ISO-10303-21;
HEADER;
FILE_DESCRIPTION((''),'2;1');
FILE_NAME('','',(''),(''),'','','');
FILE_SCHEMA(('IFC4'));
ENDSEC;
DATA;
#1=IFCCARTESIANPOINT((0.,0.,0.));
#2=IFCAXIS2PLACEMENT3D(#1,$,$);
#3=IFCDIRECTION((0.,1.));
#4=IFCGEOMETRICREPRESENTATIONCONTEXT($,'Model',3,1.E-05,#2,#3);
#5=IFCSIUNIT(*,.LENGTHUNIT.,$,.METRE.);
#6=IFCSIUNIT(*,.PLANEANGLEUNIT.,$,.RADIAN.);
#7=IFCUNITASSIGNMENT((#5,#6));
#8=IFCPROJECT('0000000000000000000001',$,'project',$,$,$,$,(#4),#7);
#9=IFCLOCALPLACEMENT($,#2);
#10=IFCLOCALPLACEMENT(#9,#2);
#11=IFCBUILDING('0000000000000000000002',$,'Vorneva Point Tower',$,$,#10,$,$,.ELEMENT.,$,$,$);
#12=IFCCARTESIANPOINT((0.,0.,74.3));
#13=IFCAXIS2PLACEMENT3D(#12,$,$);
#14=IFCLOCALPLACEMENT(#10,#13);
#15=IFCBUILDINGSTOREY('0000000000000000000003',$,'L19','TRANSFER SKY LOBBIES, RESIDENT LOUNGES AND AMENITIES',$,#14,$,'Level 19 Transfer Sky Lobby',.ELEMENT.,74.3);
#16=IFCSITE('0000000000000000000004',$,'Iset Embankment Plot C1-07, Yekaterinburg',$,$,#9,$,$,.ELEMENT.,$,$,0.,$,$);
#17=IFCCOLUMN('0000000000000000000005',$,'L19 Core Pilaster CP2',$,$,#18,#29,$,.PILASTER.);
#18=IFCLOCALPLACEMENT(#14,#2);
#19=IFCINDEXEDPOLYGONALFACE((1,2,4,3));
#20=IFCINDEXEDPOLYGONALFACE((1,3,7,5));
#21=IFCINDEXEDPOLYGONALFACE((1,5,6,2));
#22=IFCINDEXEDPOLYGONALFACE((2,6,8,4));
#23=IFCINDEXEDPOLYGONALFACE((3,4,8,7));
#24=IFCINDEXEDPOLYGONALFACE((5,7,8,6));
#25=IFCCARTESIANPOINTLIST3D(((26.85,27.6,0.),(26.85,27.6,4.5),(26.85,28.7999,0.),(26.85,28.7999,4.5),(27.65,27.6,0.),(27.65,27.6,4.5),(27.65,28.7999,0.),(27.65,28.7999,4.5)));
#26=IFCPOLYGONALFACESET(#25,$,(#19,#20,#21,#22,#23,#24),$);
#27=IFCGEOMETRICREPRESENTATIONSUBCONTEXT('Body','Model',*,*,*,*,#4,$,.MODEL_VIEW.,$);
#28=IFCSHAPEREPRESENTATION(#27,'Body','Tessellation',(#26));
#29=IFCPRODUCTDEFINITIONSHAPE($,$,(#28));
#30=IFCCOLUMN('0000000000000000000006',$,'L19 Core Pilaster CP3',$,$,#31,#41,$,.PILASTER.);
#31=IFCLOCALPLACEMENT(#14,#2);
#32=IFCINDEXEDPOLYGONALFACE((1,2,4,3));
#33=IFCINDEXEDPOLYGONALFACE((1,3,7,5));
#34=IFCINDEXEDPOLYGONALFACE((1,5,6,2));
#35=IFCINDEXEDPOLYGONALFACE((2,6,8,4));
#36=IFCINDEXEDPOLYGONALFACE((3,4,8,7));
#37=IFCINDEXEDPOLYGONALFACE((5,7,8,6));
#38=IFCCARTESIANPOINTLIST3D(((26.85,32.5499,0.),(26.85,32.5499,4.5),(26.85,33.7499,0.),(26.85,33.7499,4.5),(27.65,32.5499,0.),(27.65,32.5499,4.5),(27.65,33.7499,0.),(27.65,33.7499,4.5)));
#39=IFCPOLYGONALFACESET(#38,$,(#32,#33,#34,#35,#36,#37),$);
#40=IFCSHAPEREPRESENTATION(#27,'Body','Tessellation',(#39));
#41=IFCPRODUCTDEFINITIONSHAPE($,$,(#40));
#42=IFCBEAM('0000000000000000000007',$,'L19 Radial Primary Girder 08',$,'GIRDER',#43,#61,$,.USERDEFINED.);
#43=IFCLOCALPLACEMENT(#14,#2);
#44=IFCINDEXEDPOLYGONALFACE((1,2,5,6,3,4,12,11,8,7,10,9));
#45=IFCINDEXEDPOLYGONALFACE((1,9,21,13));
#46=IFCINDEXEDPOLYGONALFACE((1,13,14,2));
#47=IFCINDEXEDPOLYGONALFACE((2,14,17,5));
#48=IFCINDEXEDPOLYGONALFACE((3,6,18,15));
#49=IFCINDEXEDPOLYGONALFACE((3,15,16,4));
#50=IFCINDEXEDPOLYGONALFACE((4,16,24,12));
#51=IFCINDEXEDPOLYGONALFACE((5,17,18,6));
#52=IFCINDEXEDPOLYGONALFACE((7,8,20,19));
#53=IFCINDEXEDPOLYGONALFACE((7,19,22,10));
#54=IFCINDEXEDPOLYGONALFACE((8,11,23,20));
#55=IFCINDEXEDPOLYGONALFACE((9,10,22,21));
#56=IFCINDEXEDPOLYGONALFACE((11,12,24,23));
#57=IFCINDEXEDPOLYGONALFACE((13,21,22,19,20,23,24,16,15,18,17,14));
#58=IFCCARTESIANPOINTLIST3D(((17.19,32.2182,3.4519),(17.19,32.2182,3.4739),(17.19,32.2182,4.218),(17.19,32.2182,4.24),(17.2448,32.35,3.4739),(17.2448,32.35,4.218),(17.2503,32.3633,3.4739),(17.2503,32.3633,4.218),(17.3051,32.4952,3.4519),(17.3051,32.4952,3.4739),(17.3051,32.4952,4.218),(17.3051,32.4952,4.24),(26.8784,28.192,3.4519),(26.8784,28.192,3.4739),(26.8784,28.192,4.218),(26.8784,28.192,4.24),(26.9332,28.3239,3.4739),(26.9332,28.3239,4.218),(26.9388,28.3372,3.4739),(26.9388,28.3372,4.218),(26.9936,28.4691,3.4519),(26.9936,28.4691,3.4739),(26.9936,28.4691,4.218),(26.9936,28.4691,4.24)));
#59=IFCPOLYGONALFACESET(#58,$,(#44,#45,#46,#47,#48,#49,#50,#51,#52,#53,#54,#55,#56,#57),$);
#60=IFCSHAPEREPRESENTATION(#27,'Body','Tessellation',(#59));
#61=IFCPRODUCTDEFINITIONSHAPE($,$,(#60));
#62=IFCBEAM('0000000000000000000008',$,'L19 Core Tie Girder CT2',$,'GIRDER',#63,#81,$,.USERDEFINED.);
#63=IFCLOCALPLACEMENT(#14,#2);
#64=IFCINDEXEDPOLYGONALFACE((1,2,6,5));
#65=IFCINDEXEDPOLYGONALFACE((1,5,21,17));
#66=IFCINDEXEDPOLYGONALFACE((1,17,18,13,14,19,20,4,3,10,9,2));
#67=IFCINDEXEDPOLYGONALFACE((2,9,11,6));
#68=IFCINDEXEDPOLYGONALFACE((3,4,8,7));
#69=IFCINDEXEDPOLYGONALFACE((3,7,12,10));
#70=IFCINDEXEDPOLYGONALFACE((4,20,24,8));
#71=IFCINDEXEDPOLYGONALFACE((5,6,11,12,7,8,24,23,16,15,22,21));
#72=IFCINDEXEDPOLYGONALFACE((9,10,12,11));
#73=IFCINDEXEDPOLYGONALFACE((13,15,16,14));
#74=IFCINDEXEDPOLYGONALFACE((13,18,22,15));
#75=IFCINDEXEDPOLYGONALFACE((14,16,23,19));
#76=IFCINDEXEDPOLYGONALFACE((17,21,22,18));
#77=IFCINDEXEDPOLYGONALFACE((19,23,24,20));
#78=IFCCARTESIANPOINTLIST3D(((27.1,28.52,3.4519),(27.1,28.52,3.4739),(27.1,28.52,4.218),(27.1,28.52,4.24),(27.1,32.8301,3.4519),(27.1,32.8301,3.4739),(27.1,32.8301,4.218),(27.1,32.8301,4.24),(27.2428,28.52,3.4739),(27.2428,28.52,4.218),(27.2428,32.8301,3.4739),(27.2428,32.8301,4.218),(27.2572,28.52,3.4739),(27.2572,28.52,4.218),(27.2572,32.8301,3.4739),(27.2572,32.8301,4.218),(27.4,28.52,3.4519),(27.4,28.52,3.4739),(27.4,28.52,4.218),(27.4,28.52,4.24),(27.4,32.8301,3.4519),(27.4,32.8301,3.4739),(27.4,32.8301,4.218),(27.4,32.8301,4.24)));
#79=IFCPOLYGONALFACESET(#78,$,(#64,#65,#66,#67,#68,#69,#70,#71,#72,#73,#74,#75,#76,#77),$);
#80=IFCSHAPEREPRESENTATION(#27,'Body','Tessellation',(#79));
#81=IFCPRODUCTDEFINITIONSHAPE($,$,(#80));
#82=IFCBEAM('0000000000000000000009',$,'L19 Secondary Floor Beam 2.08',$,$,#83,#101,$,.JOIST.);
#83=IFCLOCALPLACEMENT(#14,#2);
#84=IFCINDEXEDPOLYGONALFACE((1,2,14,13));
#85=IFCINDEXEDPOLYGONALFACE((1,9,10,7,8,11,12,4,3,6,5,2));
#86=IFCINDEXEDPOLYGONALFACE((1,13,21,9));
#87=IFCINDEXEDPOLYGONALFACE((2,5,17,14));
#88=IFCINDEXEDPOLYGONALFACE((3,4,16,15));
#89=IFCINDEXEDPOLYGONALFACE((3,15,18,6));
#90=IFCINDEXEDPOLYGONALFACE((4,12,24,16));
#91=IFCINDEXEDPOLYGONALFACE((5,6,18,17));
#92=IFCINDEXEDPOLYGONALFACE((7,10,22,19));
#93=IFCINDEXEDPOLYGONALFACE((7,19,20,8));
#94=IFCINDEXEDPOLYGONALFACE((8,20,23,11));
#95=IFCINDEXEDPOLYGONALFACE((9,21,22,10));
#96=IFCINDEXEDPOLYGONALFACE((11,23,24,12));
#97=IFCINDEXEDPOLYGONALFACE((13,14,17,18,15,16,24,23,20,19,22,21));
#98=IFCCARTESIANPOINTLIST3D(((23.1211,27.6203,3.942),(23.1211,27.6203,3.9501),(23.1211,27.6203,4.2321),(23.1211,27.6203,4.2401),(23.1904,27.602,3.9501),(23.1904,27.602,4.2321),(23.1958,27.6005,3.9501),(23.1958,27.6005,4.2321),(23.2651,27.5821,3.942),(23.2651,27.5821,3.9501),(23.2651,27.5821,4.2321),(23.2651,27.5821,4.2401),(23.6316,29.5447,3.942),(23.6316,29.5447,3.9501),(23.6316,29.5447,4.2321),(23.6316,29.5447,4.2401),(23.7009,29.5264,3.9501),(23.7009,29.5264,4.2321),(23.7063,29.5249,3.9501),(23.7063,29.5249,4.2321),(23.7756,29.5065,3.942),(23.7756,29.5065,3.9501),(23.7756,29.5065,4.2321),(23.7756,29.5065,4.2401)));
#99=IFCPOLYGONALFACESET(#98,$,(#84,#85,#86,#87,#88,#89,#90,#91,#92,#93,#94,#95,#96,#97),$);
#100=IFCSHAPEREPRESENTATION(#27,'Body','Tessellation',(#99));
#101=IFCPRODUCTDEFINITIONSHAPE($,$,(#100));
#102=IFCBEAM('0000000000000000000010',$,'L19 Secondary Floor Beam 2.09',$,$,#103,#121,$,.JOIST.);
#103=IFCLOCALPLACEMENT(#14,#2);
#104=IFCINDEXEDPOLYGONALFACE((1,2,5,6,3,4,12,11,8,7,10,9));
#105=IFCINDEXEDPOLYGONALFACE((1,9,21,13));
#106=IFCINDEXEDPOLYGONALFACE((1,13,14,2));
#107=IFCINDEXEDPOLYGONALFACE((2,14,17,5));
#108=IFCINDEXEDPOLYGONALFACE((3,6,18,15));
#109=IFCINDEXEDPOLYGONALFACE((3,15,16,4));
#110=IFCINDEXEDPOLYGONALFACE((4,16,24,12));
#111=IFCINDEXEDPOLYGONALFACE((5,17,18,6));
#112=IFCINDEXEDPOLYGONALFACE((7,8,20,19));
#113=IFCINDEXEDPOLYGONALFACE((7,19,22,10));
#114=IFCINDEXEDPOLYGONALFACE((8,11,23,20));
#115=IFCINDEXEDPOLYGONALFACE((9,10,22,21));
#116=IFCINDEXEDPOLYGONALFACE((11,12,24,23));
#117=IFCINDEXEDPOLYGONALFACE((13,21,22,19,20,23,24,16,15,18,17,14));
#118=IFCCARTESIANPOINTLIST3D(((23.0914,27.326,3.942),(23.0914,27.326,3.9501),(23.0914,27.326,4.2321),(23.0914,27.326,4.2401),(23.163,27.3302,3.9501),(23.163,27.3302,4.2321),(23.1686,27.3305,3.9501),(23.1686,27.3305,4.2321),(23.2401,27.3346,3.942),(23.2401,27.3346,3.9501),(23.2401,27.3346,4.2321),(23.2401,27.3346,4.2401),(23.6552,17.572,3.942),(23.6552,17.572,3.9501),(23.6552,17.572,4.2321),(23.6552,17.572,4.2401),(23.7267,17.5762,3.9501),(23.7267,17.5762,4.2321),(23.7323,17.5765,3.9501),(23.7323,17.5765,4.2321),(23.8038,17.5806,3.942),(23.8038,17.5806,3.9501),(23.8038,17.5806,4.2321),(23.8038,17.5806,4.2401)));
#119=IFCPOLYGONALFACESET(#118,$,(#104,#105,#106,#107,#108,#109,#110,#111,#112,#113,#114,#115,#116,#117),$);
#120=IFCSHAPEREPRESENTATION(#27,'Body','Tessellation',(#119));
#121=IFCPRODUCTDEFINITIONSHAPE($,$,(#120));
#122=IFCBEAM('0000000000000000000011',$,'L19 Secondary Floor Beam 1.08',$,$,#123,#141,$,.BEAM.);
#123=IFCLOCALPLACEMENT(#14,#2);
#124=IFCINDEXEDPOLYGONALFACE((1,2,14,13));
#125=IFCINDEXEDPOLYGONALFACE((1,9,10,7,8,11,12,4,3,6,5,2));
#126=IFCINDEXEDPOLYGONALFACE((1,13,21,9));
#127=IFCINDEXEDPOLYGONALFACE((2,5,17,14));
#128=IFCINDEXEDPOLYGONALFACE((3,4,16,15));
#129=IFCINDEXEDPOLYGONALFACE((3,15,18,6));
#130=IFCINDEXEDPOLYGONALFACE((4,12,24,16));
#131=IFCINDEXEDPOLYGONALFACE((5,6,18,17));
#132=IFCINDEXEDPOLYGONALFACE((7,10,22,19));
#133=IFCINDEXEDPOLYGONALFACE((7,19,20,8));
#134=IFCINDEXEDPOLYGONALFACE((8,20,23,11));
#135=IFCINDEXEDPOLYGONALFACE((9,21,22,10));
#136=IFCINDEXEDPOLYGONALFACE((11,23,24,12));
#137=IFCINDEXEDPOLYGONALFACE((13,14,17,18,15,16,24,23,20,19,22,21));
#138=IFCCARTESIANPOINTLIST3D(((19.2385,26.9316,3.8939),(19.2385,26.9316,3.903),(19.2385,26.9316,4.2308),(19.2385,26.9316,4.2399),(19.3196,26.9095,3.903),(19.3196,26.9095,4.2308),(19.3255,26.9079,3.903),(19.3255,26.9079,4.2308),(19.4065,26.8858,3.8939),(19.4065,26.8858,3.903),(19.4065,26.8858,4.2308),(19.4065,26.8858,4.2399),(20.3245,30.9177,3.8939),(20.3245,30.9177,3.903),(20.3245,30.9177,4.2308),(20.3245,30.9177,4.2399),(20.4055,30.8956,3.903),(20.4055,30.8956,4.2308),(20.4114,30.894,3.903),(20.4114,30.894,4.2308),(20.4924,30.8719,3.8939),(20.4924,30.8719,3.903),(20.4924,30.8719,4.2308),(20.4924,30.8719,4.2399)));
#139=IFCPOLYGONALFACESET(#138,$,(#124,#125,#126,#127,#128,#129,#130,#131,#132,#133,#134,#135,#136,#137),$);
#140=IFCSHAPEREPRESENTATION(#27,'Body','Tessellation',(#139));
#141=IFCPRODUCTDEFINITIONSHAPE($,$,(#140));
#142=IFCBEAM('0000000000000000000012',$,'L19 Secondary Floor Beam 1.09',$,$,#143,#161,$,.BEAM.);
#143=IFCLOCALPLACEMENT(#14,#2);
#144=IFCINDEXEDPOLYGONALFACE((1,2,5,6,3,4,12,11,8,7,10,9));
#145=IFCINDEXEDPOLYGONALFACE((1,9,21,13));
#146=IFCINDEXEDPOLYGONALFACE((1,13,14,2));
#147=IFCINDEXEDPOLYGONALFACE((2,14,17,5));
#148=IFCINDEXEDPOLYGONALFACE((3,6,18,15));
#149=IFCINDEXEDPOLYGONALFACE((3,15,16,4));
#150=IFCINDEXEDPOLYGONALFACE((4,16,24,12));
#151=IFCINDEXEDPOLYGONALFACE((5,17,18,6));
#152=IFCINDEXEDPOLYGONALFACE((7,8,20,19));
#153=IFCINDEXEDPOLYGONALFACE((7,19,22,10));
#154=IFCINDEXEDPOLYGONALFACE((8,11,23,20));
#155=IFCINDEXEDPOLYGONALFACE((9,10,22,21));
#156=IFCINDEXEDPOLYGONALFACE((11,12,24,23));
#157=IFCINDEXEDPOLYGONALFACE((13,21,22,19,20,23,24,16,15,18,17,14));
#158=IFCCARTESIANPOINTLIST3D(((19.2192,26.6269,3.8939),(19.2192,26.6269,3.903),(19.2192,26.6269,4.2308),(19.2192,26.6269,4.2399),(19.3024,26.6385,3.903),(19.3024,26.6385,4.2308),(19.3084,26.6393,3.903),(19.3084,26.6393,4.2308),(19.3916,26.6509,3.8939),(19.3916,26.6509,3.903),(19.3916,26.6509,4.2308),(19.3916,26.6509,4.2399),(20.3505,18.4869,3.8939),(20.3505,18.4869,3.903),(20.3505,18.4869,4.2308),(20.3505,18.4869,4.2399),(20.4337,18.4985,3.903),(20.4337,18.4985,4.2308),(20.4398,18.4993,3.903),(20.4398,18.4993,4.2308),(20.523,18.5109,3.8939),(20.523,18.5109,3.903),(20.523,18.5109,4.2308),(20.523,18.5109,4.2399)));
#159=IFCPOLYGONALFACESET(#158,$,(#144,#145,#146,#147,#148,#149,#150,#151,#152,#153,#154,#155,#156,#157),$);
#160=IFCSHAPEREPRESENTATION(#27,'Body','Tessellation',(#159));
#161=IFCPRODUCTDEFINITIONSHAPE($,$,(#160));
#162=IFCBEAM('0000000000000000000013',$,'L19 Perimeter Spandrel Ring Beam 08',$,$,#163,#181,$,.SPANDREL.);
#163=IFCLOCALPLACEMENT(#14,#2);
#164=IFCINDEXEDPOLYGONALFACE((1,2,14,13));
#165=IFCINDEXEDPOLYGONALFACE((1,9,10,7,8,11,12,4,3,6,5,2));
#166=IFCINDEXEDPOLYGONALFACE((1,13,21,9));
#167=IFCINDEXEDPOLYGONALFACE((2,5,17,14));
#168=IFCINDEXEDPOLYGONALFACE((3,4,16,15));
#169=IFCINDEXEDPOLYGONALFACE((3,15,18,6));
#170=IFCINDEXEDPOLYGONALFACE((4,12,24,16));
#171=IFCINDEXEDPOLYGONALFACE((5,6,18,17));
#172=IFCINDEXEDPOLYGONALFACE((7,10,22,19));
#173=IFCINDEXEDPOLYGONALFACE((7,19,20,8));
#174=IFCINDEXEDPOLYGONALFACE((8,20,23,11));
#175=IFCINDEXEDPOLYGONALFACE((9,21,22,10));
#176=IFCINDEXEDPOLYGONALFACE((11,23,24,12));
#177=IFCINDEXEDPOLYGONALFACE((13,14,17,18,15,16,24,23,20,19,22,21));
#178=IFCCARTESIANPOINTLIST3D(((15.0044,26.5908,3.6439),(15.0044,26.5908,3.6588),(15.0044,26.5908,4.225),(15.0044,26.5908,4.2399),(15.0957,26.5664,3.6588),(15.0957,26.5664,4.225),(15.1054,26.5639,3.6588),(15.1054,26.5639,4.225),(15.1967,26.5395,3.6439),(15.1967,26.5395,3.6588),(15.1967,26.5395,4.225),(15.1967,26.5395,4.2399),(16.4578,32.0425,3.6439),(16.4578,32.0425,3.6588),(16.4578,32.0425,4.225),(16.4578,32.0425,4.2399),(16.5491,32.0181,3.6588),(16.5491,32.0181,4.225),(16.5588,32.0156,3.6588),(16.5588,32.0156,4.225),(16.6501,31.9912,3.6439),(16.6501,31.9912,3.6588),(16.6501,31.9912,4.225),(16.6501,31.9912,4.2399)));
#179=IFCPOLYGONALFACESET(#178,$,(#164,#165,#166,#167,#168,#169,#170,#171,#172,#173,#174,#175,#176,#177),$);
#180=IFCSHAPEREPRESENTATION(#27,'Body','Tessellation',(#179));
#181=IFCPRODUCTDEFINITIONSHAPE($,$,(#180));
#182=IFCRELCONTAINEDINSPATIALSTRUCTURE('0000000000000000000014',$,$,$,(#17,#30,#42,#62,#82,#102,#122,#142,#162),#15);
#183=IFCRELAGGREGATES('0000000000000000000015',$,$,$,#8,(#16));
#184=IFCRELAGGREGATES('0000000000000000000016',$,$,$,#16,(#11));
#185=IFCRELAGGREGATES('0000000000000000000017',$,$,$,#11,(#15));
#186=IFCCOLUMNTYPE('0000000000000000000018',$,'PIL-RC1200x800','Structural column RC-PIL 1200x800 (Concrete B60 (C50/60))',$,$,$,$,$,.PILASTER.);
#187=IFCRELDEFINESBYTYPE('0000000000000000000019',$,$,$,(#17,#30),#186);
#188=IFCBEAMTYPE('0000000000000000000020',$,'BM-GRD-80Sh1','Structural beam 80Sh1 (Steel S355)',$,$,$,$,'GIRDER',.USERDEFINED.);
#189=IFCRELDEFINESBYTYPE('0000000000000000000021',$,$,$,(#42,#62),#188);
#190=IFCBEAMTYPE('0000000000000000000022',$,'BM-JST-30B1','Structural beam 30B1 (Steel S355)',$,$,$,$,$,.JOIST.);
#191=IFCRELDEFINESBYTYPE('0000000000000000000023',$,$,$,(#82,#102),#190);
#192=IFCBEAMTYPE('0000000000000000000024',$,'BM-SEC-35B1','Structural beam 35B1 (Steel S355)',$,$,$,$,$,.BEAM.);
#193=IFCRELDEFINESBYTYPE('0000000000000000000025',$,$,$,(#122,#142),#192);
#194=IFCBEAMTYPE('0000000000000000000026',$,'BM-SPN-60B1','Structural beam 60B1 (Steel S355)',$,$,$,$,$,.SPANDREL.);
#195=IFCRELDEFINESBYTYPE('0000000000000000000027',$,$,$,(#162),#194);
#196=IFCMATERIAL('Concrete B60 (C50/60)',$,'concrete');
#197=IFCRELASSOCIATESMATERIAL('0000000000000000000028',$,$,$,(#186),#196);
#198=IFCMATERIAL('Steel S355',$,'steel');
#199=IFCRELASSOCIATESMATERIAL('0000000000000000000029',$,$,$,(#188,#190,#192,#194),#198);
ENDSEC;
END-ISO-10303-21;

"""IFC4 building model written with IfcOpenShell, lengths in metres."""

from ifc_helpers import new_model, si_unit, direction, frame, origin, origin_2d, place, context, subcontext, project, spatial, rectangle, i_section, extrude, material, material_profile, profile_set, type_object, element, save


model = new_model("IFC4")

# Units and contexts
model_context = context("Model", 3, precision=1e-05, world=origin(), true_north=direction((0.0, 1.0)))
body_context = subcontext(model_context, "Body", "Model", "MODEL_VIEW")
ifc_project = project(units=[si_unit("LENGTHUNIT", "METRE"), si_unit("PLANEANGLEUNIT", "RADIAN")], contexts=[model_context])

# Site, building, storey
site_placement = place(None, origin())
site = spatial("IfcSite", under=ifc_project, at=site_placement, Name="Iset Embankment Plot C1-07, Yekaterinburg", CompositionType="ELEMENT", RefElevation=0.0)
building_placement = place(site_placement, origin())
building = spatial("IfcBuilding", under=site, at=building_placement, Name="Vorneva Point Tower", CompositionType="ELEMENT")
storey_placement = place(building_placement, frame((0.0, 0.0, 74.3)))
storey = spatial("IfcBuildingStorey", under=building, at=storey_placement, Name="L19", Description="TRANSFER SKY LOBBIES, RESIDENT LOUNGES AND AMENITIES", LongName="Level 19 Transfer Sky Lobby", CompositionType="ELEMENT", Elevation=74.3)

# Columns
ifc_material_1 = material(Name="Concrete B60 (C50/60)", Category="concrete")
ifc_material_profile_1 = material_profile(ifc_material_1, rectangle(XDim=0.8, YDim=1.2, at=origin_2d()), Name="RC-PIL 1200x800")
ifc_profile_set_1 = profile_set([ifc_material_profile_1], Name="Concrete B60 (C50/60)")
column_type_1 = type_object("IfcColumnType", Name="PIL-RC1200x800", Description="Structural column RC-PIL 1200x800 (Concrete B60 (C50/60))", PredefinedType="PILASTER", material=ifc_profile_set_1)
for number, where, z_axis, x_axis, name in (
    (1, (27.25, 28.2, 0.0), (0.0, 0.0, 1.0), (1.0, 0.0, 0.0), "L19 Core Pilaster CP2"),
    (2, (27.25, 33.1499, 0.0), (0.0, 0.0, 1.0), (1.0, 0.0, 0.0), "L19 Core Pilaster CP3"),
):
    element("IfcColumn", number, at=place(storey_placement, frame(where, z_axis=z_axis, x_axis=x_axis)), inside=storey, type_object=column_type_1, Name=name, PredefinedType="PILASTER", context=body_context, shape_type="SweptSolid", body=[
        extrude(rectangle(XDim=0.8, YDim=1.2, at=origin_2d()), origin(), (0.0, 0.0, 1.0), 4.5),
    ])

# Beams
ifc_material_2 = material(Name="Steel S355", Category="steel")
ifc_material_profile_2 = material_profile(ifc_material_2, i_section(OverallWidth=0.3, OverallDepth=0.7881, WebThickness=0.0144, FlangeThickness=0.022, at=origin_2d()), Name="80Sh1")
ifc_profile_set_2 = profile_set([ifc_material_profile_2], Name="Steel S355")
beam_type_1 = type_object("IfcBeamType", Name="BM-GRD-80Sh1", Description="Structural beam 80Sh1 (Steel S355)", ElementType="GIRDER", PredefinedType="USERDEFINED", material=ifc_profile_set_2)
beam_1_placement = place(storey_placement, frame((17.2476, 32.3567, 3.8459), z_axis=(0.92344, -0.383743, 0.0), x_axis=(0.383743, 0.92344, 0.0)))
element("IfcBeam", 3, at=beam_1_placement, inside=storey, type_object=beam_type_1, Name="L19 Radial Primary Girder 08", ObjectType="GIRDER", PredefinedType="USERDEFINED", context=body_context, shape_type="SweptSolid", body=[
    extrude(i_section(OverallWidth=0.3, OverallDepth=0.7881, WebThickness=0.0144, FlangeThickness=0.022, at=origin_2d()), origin(), (0.0, 0.0, 1.0), 10.4917),
])
beam_2_placement = place(storey_placement, frame((27.25, 28.52, 3.8459), z_axis=(0.0, 1.0, 0.0), x_axis=(-1.0, 0.0, 0.0)))
element("IfcBeam", 4, at=beam_2_placement, inside=storey, type_object=beam_type_1, Name="L19 Core Tie Girder CT2", ObjectType="GIRDER", PredefinedType="USERDEFINED", context=body_context, shape_type="SweptSolid", body=[
    extrude(i_section(OverallWidth=0.3, OverallDepth=0.7881, WebThickness=0.0144, FlangeThickness=0.022, at=origin_2d()), origin(), (0.0, 0.0, 1.0), 4.3101),
])
ifc_material_profile_3 = material_profile(ifc_material_2, i_section(OverallWidth=0.1489, OverallDepth=0.2981, WebThickness=0.0056, FlangeThickness=0.0081, at=origin_2d()), Name="30B1")
ifc_profile_set_3 = profile_set([ifc_material_profile_3], Name="Steel S355")
beam_type_2 = type_object("IfcBeamType", Name="BM-JST-30B1", Description="Structural beam 30B1 (Steel S355)", PredefinedType="JOIST", material=ifc_profile_set_3)
beam_3_placement = place(storey_placement, frame((23.7036, 29.5256, 4.0911), z_axis=(-0.256418, -0.966566, 0.0), x_axis=(0.966566, -0.256418, 0.0)))
element("IfcBeam", 5, at=beam_3_placement, inside=storey, type_object=beam_type_2, Name="L19 Secondary Floor Beam 2.08", PredefinedType="JOIST", context=body_context, shape_type="SweptSolid", body=[
    extrude(i_section(OverallWidth=0.1489, OverallDepth=0.2981, WebThickness=0.0056, FlangeThickness=0.0081, at=origin_2d()), origin(), (0.0, 0.0, 1.0), 1.991),
])
beam_4_placement = place(storey_placement, frame((23.1658, 27.3303, 4.0911), z_axis=(0.057698, -0.998334, 0.0), x_axis=(0.998334, 0.057698, 0.0)))
element("IfcBeam", 6, at=beam_4_placement, inside=storey, type_object=beam_type_2, Name="L19 Secondary Floor Beam 2.09", PredefinedType="JOIST", context=body_context, shape_type="SweptSolid", body=[
    extrude(i_section(OverallWidth=0.1489, OverallDepth=0.2981, WebThickness=0.0056, FlangeThickness=0.0081, at=origin_2d()), origin(), (0.0, 0.0, 1.0), 9.7703),
])
ifc_material_profile_4 = material_profile(ifc_material_2, i_section(OverallWidth=0.1741, OverallDepth=0.3459, WebThickness=0.0061, FlangeThickness=0.009, at=origin_2d()), Name="35B1")
ifc_profile_set_4 = profile_set([ifc_material_profile_4], Name="Steel S355")
beam_type_3 = type_object("IfcBeamType", Name="BM-SEC-35B1", Description="Structural beam 35B1 (Steel S355)", PredefinedType="BEAM", material=ifc_profile_set_4)
beam_5_placement = place(storey_placement, frame((20.4084, 30.8948, 4.0669), z_axis=(-0.262852, -0.964836, 0.0), x_axis=(0.964836, -0.262852, 0.0)))
element("IfcBeam", 7, at=beam_5_placement, inside=storey, type_object=beam_type_3, Name="L19 Secondary Floor Beam 1.08", PredefinedType="BEAM", context=body_context, shape_type="SweptSolid", body=[
    extrude(i_section(OverallWidth=0.1741, OverallDepth=0.3459, WebThickness=0.0061, FlangeThickness=0.009, at=origin_2d()), origin(), (0.0, 0.0, 1.0), 4.1313),
])
beam_6_placement = place(storey_placement, frame((19.3054, 26.6389, 4.0669), z_axis=(0.137661, -0.990479, 0.0), x_axis=(0.990479, 0.137661, 0.0)))
element("IfcBeam", 8, at=beam_6_placement, inside=storey, type_object=beam_type_3, Name="L19 Secondary Floor Beam 1.09", PredefinedType="BEAM", context=body_context, shape_type="SweptSolid", body=[
    extrude(i_section(OverallWidth=0.1741, OverallDepth=0.3459, WebThickness=0.0061, FlangeThickness=0.009, at=origin_2d()), origin(), (0.0, 0.0, 1.0), 8.2183),
])
ifc_material_profile_5 = material_profile(ifc_material_2, i_section(OverallWidth=0.199, OverallDepth=0.5959, WebThickness=0.01, FlangeThickness=0.0149, at=origin_2d()), Name="60B1")
ifc_profile_set_5 = profile_set([ifc_material_profile_5], Name="Steel S355")
beam_type_4 = type_object("IfcBeamType", Name="BM-SPN-60B1", Description="Structural beam 60B1 (Steel S355)", PredefinedType="SPANDREL", material=ifc_profile_set_5)
beam_7_placement = place(storey_placement, frame((16.554, 32.0168, 3.9419), z_axis=(-0.257595, -0.966253, 0.0), x_axis=(0.966253, -0.257595, 0.0)))
element("IfcBeam", 9, at=beam_7_placement, inside=storey, type_object=beam_type_4, Name="L19 Perimeter Spandrel Ring Beam 08", PredefinedType="SPANDREL", context=body_context, shape_type="SweptSolid", body=[
    extrude(i_section(OverallWidth=0.199, OverallDepth=0.5959, WebThickness=0.01, FlangeThickness=0.0149, at=origin_2d()), origin(), (0.0, 0.0, 1.0), 5.6421),
])

save(model, "model.ifc")
